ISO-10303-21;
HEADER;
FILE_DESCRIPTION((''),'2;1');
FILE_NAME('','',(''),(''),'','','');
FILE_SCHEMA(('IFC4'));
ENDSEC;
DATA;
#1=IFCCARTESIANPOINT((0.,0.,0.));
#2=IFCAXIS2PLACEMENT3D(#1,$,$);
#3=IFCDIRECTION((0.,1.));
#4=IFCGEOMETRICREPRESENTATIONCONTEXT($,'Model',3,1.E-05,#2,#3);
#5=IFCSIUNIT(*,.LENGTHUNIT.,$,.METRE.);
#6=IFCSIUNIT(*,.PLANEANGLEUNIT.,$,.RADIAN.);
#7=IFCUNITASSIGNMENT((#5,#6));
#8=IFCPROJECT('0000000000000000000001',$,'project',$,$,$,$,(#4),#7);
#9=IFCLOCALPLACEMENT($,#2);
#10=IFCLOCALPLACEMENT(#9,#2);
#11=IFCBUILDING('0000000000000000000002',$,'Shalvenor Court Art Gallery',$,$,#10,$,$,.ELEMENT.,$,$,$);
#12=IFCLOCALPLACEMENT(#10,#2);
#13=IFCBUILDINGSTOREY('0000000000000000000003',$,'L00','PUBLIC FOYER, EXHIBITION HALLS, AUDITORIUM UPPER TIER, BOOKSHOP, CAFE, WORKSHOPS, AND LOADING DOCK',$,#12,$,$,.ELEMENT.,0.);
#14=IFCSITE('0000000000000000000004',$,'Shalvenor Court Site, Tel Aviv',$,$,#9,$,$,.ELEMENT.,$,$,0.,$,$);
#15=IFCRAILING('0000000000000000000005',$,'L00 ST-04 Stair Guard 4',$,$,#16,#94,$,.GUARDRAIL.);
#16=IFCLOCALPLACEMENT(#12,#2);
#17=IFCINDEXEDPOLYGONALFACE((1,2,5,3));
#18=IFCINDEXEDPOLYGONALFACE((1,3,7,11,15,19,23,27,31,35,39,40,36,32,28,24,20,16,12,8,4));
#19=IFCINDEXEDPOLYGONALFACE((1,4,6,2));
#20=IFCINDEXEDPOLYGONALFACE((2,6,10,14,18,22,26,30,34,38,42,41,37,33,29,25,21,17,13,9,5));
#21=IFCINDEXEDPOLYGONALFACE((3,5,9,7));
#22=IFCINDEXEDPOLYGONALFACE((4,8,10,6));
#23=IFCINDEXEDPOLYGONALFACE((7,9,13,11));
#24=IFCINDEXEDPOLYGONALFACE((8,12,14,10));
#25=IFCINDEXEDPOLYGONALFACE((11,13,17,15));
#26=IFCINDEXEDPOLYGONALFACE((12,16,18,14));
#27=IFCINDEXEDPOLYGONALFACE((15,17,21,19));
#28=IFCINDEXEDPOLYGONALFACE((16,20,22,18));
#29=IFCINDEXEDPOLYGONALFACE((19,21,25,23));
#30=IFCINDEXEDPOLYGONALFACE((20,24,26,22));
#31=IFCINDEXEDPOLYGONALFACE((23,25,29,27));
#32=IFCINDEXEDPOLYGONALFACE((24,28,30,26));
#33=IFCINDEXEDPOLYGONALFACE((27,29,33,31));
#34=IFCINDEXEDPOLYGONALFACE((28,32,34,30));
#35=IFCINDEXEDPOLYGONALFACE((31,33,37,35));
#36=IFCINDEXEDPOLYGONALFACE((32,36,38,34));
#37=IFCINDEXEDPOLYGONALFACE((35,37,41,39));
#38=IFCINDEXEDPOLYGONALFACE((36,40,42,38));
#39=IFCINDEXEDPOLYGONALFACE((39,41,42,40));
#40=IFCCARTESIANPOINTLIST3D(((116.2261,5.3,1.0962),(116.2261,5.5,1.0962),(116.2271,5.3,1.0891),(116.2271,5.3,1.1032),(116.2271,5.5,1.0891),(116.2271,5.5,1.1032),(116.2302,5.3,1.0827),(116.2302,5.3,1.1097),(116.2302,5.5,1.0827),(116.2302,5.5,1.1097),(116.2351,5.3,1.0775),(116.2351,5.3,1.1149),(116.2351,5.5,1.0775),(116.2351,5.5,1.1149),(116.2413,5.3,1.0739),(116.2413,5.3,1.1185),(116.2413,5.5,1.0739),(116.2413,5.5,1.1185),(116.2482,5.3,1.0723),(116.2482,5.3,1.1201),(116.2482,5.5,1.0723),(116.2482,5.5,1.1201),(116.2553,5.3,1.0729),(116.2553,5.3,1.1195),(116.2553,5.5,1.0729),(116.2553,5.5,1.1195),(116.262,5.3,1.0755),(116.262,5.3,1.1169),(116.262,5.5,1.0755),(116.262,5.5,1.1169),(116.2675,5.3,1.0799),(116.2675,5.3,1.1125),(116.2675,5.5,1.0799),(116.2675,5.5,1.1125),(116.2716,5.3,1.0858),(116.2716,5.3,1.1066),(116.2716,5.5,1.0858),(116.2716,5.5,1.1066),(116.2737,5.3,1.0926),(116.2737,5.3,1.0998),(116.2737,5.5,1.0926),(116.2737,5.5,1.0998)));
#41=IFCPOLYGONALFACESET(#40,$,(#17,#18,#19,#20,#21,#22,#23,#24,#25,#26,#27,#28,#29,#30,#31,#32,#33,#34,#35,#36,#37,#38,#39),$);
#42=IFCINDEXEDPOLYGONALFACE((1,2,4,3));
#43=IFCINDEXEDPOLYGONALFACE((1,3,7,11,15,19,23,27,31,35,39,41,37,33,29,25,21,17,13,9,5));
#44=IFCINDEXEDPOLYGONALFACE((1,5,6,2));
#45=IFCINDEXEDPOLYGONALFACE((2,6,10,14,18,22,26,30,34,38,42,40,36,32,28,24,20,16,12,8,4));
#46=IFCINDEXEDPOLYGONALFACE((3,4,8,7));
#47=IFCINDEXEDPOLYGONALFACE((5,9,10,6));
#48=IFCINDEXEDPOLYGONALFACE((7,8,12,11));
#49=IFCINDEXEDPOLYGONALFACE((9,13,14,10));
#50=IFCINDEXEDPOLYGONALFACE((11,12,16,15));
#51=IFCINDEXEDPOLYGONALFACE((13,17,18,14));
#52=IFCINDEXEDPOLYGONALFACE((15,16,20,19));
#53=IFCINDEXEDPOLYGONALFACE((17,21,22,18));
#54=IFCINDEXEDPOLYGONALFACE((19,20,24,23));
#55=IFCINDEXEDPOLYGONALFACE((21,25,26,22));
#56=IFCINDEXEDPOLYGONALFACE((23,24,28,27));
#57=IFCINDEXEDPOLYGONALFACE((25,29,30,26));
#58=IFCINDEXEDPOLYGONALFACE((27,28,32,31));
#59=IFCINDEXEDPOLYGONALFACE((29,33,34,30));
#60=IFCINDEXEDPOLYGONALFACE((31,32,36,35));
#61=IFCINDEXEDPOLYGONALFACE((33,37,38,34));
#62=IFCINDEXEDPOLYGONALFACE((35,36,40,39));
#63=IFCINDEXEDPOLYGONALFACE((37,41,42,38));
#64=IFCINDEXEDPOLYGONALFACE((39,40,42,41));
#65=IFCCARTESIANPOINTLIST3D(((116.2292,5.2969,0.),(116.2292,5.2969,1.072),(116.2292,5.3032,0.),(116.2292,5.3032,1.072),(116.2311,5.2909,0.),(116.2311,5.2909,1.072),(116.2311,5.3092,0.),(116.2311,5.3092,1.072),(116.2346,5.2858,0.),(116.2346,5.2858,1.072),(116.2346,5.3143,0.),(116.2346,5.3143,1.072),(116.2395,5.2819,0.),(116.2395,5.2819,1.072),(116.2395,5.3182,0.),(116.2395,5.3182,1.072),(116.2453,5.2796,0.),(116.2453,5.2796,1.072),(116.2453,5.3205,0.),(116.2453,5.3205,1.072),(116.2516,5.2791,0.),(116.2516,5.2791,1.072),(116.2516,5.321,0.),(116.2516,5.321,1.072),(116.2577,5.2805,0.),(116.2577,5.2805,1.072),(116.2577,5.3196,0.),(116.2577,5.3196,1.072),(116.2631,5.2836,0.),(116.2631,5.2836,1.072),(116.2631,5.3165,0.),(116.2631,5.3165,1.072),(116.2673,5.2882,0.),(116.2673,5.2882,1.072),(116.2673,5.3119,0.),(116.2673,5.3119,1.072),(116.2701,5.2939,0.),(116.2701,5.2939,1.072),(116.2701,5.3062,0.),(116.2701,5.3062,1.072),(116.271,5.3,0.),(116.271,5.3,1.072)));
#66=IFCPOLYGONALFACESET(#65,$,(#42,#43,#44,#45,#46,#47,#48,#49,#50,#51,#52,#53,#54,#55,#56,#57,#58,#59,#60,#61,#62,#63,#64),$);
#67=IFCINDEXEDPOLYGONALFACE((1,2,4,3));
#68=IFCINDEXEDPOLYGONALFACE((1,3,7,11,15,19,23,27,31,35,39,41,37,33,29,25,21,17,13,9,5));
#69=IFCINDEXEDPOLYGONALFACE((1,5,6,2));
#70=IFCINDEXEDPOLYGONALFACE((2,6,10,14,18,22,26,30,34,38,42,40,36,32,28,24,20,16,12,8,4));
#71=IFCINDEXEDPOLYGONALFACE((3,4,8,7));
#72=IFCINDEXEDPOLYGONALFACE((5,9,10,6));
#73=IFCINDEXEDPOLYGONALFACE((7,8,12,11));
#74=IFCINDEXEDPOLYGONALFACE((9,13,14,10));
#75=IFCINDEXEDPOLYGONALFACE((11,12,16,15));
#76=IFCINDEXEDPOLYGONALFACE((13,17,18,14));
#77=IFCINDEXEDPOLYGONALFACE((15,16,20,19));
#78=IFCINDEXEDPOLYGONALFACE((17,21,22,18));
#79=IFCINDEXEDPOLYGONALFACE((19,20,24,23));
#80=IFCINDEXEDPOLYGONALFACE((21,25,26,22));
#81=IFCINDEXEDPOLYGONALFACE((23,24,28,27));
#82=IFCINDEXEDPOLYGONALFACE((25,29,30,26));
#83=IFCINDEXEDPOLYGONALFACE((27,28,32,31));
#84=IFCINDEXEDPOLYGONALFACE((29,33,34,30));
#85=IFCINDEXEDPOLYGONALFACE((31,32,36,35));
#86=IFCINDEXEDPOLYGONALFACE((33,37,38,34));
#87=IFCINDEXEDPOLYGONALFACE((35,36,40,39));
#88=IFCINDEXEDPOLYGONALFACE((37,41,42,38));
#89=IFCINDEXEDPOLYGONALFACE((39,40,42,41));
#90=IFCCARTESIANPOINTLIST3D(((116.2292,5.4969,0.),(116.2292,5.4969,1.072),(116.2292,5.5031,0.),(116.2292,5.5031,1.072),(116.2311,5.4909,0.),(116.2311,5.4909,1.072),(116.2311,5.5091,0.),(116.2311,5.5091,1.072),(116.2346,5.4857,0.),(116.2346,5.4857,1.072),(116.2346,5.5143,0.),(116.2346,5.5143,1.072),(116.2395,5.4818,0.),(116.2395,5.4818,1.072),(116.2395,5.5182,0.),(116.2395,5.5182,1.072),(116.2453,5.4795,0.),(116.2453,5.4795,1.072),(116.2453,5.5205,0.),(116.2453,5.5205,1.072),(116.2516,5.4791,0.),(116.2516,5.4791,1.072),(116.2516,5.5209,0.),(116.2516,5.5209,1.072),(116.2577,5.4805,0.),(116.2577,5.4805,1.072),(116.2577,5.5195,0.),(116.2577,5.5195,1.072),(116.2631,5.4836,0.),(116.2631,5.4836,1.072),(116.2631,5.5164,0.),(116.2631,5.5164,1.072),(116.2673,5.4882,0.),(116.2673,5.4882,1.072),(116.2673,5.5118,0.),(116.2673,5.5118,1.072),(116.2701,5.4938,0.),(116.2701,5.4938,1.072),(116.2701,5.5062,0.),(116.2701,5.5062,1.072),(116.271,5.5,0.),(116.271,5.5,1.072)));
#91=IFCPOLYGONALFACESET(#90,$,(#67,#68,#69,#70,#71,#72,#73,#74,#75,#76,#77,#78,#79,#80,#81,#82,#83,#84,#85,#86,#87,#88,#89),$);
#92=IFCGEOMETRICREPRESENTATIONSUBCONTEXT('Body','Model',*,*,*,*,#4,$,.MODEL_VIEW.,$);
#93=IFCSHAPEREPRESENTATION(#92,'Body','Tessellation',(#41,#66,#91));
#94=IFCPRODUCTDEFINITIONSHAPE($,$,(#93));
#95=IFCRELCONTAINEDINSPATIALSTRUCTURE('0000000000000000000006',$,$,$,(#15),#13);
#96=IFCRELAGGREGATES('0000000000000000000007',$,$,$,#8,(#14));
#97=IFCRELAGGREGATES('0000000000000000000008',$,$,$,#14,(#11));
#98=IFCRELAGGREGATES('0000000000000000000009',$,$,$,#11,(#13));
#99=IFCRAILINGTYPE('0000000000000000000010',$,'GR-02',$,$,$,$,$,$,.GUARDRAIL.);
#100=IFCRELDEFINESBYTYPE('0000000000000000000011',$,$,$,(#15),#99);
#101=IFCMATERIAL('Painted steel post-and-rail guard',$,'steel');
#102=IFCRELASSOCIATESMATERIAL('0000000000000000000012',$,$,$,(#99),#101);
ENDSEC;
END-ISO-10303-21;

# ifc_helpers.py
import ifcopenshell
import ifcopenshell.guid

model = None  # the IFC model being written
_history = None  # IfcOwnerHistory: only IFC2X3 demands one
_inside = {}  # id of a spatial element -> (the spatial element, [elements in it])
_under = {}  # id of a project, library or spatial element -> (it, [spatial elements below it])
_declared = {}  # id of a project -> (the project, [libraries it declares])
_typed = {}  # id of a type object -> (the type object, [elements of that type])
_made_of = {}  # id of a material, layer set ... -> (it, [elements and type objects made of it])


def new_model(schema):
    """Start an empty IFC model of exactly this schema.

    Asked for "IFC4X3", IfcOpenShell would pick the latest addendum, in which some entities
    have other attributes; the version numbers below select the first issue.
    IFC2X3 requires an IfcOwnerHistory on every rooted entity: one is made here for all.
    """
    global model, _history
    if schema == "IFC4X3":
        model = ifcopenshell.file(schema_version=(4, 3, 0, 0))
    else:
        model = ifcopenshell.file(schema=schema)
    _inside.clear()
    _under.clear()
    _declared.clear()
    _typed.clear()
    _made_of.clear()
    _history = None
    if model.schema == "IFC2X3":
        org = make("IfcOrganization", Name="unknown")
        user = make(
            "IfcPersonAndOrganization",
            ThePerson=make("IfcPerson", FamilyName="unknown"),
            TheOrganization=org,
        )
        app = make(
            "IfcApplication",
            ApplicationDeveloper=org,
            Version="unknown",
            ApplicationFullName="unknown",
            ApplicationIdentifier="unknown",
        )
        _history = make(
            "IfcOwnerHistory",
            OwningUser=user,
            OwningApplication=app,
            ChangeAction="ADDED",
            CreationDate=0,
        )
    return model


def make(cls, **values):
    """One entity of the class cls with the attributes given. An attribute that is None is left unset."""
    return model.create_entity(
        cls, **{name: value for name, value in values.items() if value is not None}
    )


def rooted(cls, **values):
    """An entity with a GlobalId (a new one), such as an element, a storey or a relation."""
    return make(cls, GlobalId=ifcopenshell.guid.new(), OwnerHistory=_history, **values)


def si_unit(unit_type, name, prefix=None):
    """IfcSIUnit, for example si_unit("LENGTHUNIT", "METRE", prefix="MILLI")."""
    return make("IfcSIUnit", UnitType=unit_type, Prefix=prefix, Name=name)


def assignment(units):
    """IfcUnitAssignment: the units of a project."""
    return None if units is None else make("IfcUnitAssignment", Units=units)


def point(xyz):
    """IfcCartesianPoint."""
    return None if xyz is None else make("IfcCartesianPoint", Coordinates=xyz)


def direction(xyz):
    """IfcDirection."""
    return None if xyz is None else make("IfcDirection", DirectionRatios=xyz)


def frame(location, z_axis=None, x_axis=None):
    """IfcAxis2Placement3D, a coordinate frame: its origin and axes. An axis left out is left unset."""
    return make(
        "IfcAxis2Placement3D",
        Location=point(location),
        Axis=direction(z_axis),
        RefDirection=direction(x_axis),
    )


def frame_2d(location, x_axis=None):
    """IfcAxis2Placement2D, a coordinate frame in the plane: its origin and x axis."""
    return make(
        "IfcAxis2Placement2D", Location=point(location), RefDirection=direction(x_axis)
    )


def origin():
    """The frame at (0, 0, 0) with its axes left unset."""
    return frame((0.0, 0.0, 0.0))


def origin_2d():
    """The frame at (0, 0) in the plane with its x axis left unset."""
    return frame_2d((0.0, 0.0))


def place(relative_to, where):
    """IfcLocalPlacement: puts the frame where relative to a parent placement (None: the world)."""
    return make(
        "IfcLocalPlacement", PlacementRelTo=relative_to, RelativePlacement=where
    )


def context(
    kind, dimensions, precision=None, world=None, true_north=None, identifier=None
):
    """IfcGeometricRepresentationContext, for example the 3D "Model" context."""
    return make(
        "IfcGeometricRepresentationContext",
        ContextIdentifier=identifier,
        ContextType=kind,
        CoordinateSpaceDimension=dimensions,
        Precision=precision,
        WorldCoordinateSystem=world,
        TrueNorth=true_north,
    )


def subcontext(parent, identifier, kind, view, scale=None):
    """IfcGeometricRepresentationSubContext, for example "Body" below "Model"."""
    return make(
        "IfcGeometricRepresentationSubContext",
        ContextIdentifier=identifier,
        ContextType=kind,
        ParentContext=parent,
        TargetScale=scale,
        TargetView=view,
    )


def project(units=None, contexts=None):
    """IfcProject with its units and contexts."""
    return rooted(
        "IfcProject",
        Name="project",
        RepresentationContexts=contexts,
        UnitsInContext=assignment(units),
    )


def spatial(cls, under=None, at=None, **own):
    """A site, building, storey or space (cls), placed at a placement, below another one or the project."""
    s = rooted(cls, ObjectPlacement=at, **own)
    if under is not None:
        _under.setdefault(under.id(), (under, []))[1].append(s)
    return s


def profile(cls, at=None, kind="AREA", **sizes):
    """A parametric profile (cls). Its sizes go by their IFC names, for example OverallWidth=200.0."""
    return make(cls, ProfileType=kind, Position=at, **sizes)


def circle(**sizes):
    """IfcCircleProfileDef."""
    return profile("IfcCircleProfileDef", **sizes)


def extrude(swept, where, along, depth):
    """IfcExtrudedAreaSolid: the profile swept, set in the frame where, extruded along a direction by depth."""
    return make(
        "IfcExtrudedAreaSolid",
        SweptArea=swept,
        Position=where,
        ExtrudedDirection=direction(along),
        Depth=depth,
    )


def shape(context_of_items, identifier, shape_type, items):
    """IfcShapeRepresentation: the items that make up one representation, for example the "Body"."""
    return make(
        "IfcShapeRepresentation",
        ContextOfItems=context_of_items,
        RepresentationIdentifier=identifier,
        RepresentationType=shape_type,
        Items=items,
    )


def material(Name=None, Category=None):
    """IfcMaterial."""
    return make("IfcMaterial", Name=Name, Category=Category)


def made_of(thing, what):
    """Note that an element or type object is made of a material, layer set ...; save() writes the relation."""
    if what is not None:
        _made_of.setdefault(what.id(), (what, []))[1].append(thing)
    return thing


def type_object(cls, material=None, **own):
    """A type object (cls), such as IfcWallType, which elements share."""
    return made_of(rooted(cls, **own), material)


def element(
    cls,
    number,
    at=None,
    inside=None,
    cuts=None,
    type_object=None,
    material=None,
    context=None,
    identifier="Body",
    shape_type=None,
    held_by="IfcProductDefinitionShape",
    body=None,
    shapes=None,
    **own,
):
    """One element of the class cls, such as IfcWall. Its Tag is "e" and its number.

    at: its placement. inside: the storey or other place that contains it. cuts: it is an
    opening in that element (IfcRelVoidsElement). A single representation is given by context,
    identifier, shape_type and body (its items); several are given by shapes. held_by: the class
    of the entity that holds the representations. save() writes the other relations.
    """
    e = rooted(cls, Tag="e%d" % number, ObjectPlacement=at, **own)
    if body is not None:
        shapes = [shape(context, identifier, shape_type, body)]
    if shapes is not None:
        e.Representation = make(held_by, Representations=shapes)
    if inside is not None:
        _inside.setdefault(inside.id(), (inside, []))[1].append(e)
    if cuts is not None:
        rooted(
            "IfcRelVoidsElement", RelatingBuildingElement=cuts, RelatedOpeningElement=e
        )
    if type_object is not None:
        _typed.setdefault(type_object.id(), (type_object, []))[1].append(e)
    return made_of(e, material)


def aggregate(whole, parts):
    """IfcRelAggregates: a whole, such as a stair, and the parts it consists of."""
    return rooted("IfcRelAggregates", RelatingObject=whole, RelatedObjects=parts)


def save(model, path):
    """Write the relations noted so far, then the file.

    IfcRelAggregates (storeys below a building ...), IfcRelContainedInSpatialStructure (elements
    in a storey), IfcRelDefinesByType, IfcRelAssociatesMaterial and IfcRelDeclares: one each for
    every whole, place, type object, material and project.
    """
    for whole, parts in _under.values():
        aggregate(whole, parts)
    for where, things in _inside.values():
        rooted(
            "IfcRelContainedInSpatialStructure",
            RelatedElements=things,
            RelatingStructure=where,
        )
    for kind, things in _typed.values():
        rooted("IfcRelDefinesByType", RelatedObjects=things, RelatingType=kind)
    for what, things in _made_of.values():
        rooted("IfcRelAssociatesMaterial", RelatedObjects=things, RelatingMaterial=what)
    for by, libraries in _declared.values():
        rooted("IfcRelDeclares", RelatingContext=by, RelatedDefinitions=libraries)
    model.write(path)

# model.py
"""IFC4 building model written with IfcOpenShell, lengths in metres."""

from ifc_helpers import new_model, si_unit, direction, frame, origin, origin_2d, place, context, subcontext, project, spatial, circle, extrude, material, type_object, element, save


model = new_model("IFC4")

# Units and contexts
model_context = context("Model", 3, precision=1e-05, world=origin(), true_north=direction((0.0, 1.0)))
body_context = subcontext(model_context, "Body", "Model", "MODEL_VIEW")
ifc_project = project(units=[si_unit("LENGTHUNIT", "METRE"), si_unit("PLANEANGLEUNIT", "RADIAN")], contexts=[model_context])

# Site, building, storey
site_placement = place(None, origin())
site = spatial("IfcSite", under=ifc_project, at=site_placement, Name="Shalvenor Court Site, Tel Aviv", CompositionType="ELEMENT", RefElevation=0.0)
building_placement = place(site_placement, origin())
building = spatial("IfcBuilding", under=site, at=building_placement, Name="Shalvenor Court Art Gallery", CompositionType="ELEMENT")
storey_placement = place(building_placement, origin())
storey = spatial("IfcBuildingStorey", under=building, at=storey_placement, Name="L00", Description="PUBLIC FOYER, EXHIBITION HALLS, AUDITORIUM UPPER TIER, BOOKSHOP, CAFE, WORKSHOPS, AND LOADING DOCK", CompositionType="ELEMENT", Elevation=0.0)

# Railing
ifc_material_1 = material(Name="Painted steel post-and-rail guard", Category="steel")
railing_type_1 = type_object("IfcRailingType", Name="GR-02", PredefinedType="GUARDRAIL", material=ifc_material_1)
railing_1_placement = place(storey_placement, frame((116.25, 5.3, 0.0)))
element("IfcRailing", 1, at=railing_1_placement, inside=storey, type_object=railing_type_1, Name="L00 ST-04 Stair Guard 4", PredefinedType="GUARDRAIL", context=body_context, shape_type="SweptSolid", body=[
    extrude(circle(Radius=0.0239, at=origin_2d()), frame((0.0, 0.0, 1.0962), z_axis=(0.0, 1.0, 0.0), x_axis=(-1.0, 0.0, 0.0)), (0.0, 0.0, 1.0), 0.2),
    extrude(circle(Radius=0.021, at=origin_2d()), origin(), (0.0, 0.0, 1.0), 1.072),
    extrude(circle(Radius=0.021, at=origin_2d()), frame((0.0, 0.2, 0.0)), (0.0, 0.0, 1.0), 1.072),
])

save(model, "model.ifc")
